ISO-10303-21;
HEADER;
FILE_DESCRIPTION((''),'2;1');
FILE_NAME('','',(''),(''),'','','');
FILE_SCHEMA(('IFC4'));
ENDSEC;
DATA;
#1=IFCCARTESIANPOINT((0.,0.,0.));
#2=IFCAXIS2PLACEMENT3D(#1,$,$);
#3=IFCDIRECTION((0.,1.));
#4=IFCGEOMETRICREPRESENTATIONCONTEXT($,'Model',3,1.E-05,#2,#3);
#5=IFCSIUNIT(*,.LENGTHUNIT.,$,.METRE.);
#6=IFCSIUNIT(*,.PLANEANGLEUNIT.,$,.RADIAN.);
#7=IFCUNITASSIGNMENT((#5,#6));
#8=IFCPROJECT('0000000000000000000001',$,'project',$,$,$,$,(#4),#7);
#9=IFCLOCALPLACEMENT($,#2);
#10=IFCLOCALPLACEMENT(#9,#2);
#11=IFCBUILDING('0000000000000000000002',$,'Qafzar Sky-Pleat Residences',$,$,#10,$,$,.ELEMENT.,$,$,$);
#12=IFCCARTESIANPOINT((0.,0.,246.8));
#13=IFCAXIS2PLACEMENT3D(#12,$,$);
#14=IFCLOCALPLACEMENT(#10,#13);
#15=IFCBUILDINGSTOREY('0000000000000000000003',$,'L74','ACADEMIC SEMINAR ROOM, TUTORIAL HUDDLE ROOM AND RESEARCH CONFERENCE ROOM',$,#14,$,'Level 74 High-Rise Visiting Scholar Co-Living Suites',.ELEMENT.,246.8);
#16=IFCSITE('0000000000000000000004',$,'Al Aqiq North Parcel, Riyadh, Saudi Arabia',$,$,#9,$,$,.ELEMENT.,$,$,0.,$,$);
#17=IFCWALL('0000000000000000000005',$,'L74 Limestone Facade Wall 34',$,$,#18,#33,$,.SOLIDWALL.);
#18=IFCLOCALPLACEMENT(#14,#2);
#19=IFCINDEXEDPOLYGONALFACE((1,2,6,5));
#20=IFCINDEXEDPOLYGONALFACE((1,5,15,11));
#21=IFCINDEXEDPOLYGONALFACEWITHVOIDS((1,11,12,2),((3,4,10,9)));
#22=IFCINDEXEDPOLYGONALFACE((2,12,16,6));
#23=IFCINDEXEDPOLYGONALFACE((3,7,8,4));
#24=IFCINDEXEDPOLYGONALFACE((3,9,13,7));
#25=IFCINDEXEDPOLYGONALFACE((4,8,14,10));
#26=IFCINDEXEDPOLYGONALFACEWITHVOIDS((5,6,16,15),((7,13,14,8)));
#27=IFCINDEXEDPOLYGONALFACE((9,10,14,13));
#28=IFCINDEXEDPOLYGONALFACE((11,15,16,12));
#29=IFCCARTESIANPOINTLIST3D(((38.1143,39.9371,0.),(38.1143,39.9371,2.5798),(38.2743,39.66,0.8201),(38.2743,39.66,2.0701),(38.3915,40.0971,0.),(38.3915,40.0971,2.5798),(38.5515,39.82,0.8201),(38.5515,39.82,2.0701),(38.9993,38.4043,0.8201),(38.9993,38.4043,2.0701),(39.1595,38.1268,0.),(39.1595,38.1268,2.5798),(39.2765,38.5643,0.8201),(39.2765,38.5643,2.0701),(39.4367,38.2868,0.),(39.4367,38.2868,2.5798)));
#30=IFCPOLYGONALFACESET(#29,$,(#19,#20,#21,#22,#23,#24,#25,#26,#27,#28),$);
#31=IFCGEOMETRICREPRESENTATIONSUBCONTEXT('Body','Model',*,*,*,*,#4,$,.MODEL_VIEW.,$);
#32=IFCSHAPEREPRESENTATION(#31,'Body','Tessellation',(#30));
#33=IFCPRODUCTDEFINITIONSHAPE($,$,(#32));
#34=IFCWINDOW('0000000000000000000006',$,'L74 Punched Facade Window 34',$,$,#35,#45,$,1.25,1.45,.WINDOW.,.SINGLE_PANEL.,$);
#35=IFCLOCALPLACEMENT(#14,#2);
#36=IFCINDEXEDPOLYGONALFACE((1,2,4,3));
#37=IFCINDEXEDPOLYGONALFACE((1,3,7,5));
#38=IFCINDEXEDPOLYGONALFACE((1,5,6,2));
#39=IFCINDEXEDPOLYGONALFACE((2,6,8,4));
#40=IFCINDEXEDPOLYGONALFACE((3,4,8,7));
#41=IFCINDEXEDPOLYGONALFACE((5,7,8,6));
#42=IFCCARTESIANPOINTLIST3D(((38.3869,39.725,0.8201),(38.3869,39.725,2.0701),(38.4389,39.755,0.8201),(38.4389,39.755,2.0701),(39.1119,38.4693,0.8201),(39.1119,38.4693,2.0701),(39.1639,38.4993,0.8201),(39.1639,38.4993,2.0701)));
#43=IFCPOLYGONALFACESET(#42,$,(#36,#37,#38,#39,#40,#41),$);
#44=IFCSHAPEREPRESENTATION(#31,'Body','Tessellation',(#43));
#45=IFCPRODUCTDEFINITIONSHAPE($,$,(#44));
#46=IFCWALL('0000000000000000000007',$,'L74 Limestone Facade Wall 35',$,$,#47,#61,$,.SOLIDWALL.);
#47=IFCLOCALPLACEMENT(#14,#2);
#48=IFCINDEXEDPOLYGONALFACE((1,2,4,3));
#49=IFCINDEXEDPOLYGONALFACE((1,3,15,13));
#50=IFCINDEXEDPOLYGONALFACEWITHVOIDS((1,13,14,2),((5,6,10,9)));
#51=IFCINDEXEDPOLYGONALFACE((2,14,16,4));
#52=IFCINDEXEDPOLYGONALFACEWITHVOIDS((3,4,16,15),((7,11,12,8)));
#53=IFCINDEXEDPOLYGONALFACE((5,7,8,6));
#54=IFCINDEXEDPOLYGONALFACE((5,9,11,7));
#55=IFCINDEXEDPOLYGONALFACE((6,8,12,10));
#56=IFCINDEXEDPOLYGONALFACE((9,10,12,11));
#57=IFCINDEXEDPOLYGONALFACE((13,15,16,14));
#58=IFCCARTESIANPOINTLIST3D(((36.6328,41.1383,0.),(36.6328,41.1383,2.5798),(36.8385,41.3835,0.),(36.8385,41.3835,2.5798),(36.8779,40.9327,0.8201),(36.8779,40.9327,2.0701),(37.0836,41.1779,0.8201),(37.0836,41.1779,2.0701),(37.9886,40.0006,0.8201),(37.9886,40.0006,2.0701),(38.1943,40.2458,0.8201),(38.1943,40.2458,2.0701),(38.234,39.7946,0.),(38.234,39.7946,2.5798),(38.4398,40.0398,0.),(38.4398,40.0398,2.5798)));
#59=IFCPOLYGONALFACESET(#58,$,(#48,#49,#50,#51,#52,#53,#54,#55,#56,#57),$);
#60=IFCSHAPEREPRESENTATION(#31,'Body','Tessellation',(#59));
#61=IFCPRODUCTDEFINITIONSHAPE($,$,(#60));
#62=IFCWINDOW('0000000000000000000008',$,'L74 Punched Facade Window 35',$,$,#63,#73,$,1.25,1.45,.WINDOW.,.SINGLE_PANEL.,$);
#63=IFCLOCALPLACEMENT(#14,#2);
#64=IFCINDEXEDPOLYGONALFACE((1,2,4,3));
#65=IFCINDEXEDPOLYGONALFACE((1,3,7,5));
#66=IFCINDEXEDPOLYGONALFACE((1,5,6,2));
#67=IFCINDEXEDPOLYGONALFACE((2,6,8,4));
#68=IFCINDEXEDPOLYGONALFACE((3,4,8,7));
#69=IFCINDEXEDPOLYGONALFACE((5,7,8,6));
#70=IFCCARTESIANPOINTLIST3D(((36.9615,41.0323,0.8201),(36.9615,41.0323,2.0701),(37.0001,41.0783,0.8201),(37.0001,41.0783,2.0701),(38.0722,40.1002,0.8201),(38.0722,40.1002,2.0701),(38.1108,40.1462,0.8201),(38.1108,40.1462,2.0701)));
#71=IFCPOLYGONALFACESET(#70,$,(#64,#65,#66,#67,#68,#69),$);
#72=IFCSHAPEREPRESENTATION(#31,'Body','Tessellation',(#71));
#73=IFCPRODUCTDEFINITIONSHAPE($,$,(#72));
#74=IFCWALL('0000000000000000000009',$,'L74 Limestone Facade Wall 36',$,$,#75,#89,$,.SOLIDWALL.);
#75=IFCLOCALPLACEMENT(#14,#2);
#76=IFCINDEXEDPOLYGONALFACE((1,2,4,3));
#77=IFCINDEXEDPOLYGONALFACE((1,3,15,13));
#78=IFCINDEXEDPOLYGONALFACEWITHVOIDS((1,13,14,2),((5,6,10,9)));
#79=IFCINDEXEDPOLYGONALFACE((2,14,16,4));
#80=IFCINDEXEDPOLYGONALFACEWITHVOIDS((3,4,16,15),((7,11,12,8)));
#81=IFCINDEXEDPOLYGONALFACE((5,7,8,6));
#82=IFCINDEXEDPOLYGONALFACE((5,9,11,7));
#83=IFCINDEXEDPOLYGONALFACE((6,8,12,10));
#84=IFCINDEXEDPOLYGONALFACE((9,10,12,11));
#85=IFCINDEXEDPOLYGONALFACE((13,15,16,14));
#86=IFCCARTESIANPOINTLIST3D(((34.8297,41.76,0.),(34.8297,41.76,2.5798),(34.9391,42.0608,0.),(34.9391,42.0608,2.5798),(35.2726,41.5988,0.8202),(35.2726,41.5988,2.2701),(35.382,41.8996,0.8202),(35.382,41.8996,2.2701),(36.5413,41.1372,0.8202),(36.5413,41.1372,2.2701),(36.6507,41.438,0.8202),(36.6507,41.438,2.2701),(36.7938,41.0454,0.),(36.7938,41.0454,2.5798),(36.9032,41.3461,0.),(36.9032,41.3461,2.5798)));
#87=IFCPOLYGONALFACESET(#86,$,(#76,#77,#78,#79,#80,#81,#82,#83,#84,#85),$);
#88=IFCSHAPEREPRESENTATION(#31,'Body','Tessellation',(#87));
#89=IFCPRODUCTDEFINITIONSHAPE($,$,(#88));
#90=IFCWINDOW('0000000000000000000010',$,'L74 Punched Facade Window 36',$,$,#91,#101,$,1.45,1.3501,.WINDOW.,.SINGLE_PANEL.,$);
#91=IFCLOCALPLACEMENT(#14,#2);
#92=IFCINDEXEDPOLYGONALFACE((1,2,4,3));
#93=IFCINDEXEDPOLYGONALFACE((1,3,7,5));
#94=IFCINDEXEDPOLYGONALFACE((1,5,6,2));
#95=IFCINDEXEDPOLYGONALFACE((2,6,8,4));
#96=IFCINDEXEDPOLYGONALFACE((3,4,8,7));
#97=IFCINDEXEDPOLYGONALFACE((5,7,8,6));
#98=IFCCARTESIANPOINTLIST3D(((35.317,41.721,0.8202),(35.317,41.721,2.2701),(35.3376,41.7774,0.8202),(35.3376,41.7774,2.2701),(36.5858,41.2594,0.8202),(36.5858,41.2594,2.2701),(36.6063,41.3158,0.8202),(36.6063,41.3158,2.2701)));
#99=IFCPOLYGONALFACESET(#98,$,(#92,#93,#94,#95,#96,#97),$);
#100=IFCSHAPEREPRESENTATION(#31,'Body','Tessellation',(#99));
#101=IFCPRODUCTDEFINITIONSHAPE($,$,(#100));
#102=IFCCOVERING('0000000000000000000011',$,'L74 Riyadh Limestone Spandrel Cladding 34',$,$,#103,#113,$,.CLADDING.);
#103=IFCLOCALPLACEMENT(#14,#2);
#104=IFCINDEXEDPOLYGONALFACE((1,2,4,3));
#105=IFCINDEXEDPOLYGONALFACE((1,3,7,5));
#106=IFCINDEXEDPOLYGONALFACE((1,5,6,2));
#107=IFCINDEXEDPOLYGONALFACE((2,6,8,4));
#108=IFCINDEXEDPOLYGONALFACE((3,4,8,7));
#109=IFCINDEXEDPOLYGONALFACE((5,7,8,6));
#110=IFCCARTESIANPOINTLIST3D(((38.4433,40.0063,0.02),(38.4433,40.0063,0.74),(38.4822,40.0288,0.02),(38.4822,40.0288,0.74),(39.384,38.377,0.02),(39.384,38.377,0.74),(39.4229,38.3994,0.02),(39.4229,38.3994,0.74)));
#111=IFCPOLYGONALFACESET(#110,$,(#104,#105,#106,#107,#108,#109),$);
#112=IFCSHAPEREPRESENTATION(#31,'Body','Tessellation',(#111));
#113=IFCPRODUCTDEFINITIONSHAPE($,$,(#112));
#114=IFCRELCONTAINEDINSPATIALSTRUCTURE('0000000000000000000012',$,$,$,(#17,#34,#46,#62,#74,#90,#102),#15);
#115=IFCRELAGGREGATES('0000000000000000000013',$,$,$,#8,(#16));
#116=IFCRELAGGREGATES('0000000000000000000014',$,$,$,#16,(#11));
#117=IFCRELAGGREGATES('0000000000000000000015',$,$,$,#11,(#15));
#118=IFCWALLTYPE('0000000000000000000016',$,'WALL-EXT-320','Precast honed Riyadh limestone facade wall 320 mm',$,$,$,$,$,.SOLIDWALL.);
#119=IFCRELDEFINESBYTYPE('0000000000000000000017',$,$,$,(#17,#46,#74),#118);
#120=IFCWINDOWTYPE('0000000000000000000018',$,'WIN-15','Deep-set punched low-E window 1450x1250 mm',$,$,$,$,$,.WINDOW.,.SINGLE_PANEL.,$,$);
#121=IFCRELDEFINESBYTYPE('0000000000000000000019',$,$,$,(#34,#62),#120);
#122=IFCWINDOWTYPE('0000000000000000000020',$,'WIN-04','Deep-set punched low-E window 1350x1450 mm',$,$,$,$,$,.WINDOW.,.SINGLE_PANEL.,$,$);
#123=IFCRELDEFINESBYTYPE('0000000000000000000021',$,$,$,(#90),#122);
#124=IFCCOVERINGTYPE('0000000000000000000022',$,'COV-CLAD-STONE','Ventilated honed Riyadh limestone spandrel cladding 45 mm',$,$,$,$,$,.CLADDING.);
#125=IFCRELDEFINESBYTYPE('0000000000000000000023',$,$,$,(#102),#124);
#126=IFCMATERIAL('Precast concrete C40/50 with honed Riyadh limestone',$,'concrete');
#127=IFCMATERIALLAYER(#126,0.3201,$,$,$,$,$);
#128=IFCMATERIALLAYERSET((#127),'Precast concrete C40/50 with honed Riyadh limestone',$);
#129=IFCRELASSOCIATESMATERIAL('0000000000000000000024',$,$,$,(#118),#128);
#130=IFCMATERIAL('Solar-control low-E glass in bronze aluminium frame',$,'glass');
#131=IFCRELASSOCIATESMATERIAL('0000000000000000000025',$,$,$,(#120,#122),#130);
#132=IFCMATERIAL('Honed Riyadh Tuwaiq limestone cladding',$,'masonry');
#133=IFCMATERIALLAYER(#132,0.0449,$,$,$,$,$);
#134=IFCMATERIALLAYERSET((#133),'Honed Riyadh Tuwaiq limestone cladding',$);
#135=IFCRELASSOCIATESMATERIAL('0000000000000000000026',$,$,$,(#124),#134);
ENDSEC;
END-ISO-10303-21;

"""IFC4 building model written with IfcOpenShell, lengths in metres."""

from ifc_helpers import new_model, si_unit, direction, frame, frame_2d, origin, origin_2d, place, context, subcontext, project, spatial, rectangle, extrude, source, transform, mapped, material, layer, layer_set, type_object, element, fill, save


model = new_model("IFC4")

# Units and contexts
model_context = context("Model", 3, precision=1e-05, world=origin(), true_north=direction((0.0, 1.0)))
body_context = subcontext(model_context, "Body", "Model", "MODEL_VIEW")
ifc_project = project(units=[si_unit("LENGTHUNIT", "METRE"), si_unit("PLANEANGLEUNIT", "RADIAN")], contexts=[model_context])

# Site, building, storey
site_placement = place(None, origin())
site = spatial("IfcSite", under=ifc_project, at=site_placement, Name="Al Aqiq North Parcel, Riyadh, Saudi Arabia", CompositionType="ELEMENT", RefElevation=0.0)
building_placement = place(site_placement, origin())
building = spatial("IfcBuilding", under=site, at=building_placement, Name="Qafzar Sky-Pleat Residences", CompositionType="ELEMENT")
storey_placement = place(building_placement, frame((0.0, 0.0, 246.8)))
storey = spatial("IfcBuildingStorey", under=building, at=storey_placement, Name="L74", Description="ACADEMIC SEMINAR ROOM, TUTORIAL HUDDLE ROOM AND RESEARCH CONFERENCE ROOM", LongName="Level 74 High-Rise Visiting Scholar Co-Living Suites", CompositionType="ELEMENT", Elevation=246.8)

# Walls, openings, windows
ifc_material_1 = material(Name="Precast concrete C40/50 with honed Riyadh limestone", Category="concrete")
ifc_layer_1 = layer(ifc_material_1, 0.3201)
ifc_layer_set_1 = layer_set([ifc_layer_1], Name="Precast concrete C40/50 with honed Riyadh limestone")
wall_type_1 = type_object("IfcWallType", Name="WALL-EXT-320", Description="Precast honed Riyadh limestone facade wall 320 mm", PredefinedType="SOLIDWALL", material=ifc_layer_set_1)
ifc_material_2 = material(Name="Solar-control low-E glass in bronze aluminium frame", Category="glass")
wall_1_placement = place(storey_placement, frame((39.2981, 38.2068, 0.0), z_axis=(0.0, 0.0, 1.0), x_axis=(-0.499995, 0.866028, 0.0)))
wall_1 = element("IfcWall", 1, at=wall_1_placement, inside=storey, type_object=wall_type_1, Name="L74 Limestone Facade Wall 34", PredefinedType="SOLIDWALL", context=body_context, shape_type="SweptSolid", body=[
    extrude(rectangle(XDim=2.0903, YDim=0.3201, at=frame_2d((1.0452, 0.0))), origin(), (0.0, 0.0, 1.0), 2.5798),
])
opening_1_placement = place(wall_1_placement, frame((0.3203, 0.0, 0.8201)))
opening_1 = element("IfcOpeningElement", 2, at=opening_1_placement, cuts=wall_1, PredefinedType="OPENING", context=body_context, shape_type="SweptSolid", body=[
    extrude(rectangle(XDim=1.45, YDim=1.25, at=frame_2d((0.7251, 0.625))), frame((0.0, 0.1699, 0.0), z_axis=(0.0, -1.0, 0.0), x_axis=(1.0, 0.0, 0.0)), (0.0, 0.0, 1.0), 0.3401),
])
window_type_1 = type_object("IfcWindowType", Name="WIN-15", Description="Deep-set punched low-E window 1450x1250 mm", PartitioningType="SINGLE_PANEL", PredefinedType="WINDOW", material=ifc_material_2)
shared_shape_1 = source(origin(), body_context, "Body", "SweptSolid", [
    extrude(rectangle(XDim=1.45, YDim=1.25, at=frame_2d((0.7251, 0.625))), frame((0.0, 0.03, 0.0), z_axis=(0.0, -1.0, 0.0), x_axis=(1.0, 0.0, 0.0)), (0.0, 0.0, 1.0), 0.0601),
])
window_1_placement = place(opening_1_placement, origin())
window_1 = element("IfcWindow", 3, at=window_1_placement, inside=storey, type_object=window_type_1, Name="L74 Punched Facade Window 34", OverallHeight=1.25, OverallWidth=1.45, PartitioningType="SINGLE_PANEL", PredefinedType="WINDOW", context=body_context, shape_type="MappedRepresentation", body=[
    mapped(shared_shape_1, transform((0.0, 0.0, 0.0), x_axis=(1.0, 0.0, 0.0), y_axis=(0.0, 1.0, 0.0), z_axis=(0.0, 0.0, 1.0), scale=1.0)),
])
fill(opening_1, window_1)
wall_2_placement = place(storey_placement, frame((38.3369, 39.9172, 0.0), z_axis=(0.0, 0.0, 1.0), x_axis=(-0.766025, 0.642811, 0.0)))
wall_2 = element("IfcWall", 4, at=wall_2_placement, inside=storey, type_object=wall_type_1, Name="L74 Limestone Facade Wall 35", PredefinedType="SOLIDWALL", context=body_context, shape_type="SweptSolid", body=[
    extrude(rectangle(XDim=2.0903, YDim=0.3201, at=frame_2d((1.0452, 0.0))), origin(), (0.0, 0.0, 1.0), 2.5798),
])
opening_2_placement = place(wall_2_placement, frame((0.3203, 0.0, 0.8201)))
opening_2 = element("IfcOpeningElement", 5, at=opening_2_placement, cuts=wall_2, PredefinedType="OPENING", context=body_context, shape_type="SweptSolid", body=[
    extrude(rectangle(XDim=1.45, YDim=1.25, at=frame_2d((0.7251, 0.625))), frame((0.0, 0.1699, 0.0), z_axis=(0.0, -1.0, 0.0), x_axis=(1.0, 0.0, 0.0)), (0.0, 0.0, 1.0), 0.3401),
])
window_2_placement = place(opening_2_placement, origin())
window_2 = element("IfcWindow", 6, at=window_2_placement, inside=storey, type_object=window_type_1, Name="L74 Punched Facade Window 35", OverallHeight=1.25, OverallWidth=1.45, PartitioningType="SINGLE_PANEL", PredefinedType="WINDOW", context=body_context, shape_type="MappedRepresentation", body=[
    mapped(shared_shape_1, transform((0.0, 0.0, 0.0), x_axis=(1.0, 0.0, 0.0), y_axis=(0.0, 1.0, 0.0), z_axis=(0.0, 0.0, 1.0), scale=1.0)),
])
fill(opening_2, window_2)
wall_3_placement = place(storey_placement, frame((36.8484, 41.1958, 0.0), z_axis=(0.0, 0.0, 1.0), x_axis=(-0.939735, 0.341902, 0.0)))
wall_3 = element("IfcWall", 7, at=wall_3_placement, inside=storey, type_object=wall_type_1, Name="L74 Limestone Facade Wall 36", PredefinedType="SOLIDWALL", context=body_context, shape_type="SweptSolid", body=[
    extrude(rectangle(XDim=2.0901, YDim=0.3201, at=frame_2d((1.0449, 0.0))), origin(), (0.0, 0.0, 1.0), 2.5798),
])
opening_3_placement = place(wall_3_placement, frame((0.2686, 0.0, 0.8201)))
opening_3 = element("IfcOpeningElement", 8, at=opening_3_placement, cuts=wall_3, PredefinedType="OPENING", context=body_context, shape_type="SweptSolid", body=[
    extrude(rectangle(XDim=1.3501, YDim=1.45, at=frame_2d((0.675, 0.7251))), frame((0.0, 0.1699, 0.0), z_axis=(0.0, -1.0, 0.0), x_axis=(1.0, 0.0, 0.0)), (0.0, 0.0, 1.0), 0.3401),
])
window_type_2 = type_object("IfcWindowType", Name="WIN-04", Description="Deep-set punched low-E window 1350x1450 mm", PartitioningType="SINGLE_PANEL", PredefinedType="WINDOW", material=ifc_material_2)
shared_shape_2 = source(origin(), body_context, "Body", "SweptSolid", [
    extrude(rectangle(XDim=1.3501, YDim=1.45, at=frame_2d((0.675, 0.7251))), frame((0.0, 0.03, 0.0), z_axis=(0.0, -1.0, 0.0), x_axis=(1.0, 0.0, 0.0)), (0.0, 0.0, 1.0), 0.0601),
])
window_3_placement = place(opening_3_placement, origin())
window_3 = element("IfcWindow", 9, at=window_3_placement, inside=storey, type_object=window_type_2, Name="L74 Punched Facade Window 36", OverallHeight=1.45, OverallWidth=1.3501, PartitioningType="SINGLE_PANEL", PredefinedType="WINDOW", context=body_context, shape_type="MappedRepresentation", body=[
    mapped(shared_shape_2, transform((0.0, 0.0, 0.0), x_axis=(1.0, 0.0, 0.0), y_axis=(0.0, 1.0, 0.0), z_axis=(0.0, 0.0, 1.0), scale=1.0)),
])
fill(opening_3, window_3)

# Covering
ifc_material_3 = material(Name="Honed Riyadh Tuwaiq limestone cladding", Category="masonry")
ifc_layer_2 = layer(ifc_material_3, 0.0449)
ifc_layer_set_2 = layer_set([ifc_layer_2], Name="Honed Riyadh Tuwaiq limestone cladding")
covering_type = type_object("IfcCoveringType", Name="COV-CLAD-STONE", Description="Ventilated honed Riyadh limestone spandrel cladding 45 mm", PredefinedType="CLADDING", material=ifc_layer_set_2)
shared_shape_3 = source(origin(), body_context, "Body", "SweptSolid", [
    extrude(rectangle(XDim=1.8813, YDim=0.0449, at=origin_2d()), origin(), (0.0, 0.0, 1.0), 0.72),
])
covering_placement = place(storey_placement, frame((38.9331, 39.2029, 0.02), z_axis=(0.0, 0.0, 1.0), x_axis=(-0.499972, 0.866041, 0.0)))
element("IfcCovering", 10, at=covering_placement, inside=storey, type_object=covering_type, Name="L74 Riyadh Limestone Spandrel Cladding 34", PredefinedType="CLADDING", context=body_context, shape_type="MappedRepresentation", body=[
    mapped(shared_shape_3, transform((0.0, 0.0, 0.0), x_axis=(1.0, 0.0, 0.0), y_axis=(0.0, 1.0, 0.0), z_axis=(0.0, 0.0, 1.0), scale=1.0)),
])

save(model, "model.ifc")
